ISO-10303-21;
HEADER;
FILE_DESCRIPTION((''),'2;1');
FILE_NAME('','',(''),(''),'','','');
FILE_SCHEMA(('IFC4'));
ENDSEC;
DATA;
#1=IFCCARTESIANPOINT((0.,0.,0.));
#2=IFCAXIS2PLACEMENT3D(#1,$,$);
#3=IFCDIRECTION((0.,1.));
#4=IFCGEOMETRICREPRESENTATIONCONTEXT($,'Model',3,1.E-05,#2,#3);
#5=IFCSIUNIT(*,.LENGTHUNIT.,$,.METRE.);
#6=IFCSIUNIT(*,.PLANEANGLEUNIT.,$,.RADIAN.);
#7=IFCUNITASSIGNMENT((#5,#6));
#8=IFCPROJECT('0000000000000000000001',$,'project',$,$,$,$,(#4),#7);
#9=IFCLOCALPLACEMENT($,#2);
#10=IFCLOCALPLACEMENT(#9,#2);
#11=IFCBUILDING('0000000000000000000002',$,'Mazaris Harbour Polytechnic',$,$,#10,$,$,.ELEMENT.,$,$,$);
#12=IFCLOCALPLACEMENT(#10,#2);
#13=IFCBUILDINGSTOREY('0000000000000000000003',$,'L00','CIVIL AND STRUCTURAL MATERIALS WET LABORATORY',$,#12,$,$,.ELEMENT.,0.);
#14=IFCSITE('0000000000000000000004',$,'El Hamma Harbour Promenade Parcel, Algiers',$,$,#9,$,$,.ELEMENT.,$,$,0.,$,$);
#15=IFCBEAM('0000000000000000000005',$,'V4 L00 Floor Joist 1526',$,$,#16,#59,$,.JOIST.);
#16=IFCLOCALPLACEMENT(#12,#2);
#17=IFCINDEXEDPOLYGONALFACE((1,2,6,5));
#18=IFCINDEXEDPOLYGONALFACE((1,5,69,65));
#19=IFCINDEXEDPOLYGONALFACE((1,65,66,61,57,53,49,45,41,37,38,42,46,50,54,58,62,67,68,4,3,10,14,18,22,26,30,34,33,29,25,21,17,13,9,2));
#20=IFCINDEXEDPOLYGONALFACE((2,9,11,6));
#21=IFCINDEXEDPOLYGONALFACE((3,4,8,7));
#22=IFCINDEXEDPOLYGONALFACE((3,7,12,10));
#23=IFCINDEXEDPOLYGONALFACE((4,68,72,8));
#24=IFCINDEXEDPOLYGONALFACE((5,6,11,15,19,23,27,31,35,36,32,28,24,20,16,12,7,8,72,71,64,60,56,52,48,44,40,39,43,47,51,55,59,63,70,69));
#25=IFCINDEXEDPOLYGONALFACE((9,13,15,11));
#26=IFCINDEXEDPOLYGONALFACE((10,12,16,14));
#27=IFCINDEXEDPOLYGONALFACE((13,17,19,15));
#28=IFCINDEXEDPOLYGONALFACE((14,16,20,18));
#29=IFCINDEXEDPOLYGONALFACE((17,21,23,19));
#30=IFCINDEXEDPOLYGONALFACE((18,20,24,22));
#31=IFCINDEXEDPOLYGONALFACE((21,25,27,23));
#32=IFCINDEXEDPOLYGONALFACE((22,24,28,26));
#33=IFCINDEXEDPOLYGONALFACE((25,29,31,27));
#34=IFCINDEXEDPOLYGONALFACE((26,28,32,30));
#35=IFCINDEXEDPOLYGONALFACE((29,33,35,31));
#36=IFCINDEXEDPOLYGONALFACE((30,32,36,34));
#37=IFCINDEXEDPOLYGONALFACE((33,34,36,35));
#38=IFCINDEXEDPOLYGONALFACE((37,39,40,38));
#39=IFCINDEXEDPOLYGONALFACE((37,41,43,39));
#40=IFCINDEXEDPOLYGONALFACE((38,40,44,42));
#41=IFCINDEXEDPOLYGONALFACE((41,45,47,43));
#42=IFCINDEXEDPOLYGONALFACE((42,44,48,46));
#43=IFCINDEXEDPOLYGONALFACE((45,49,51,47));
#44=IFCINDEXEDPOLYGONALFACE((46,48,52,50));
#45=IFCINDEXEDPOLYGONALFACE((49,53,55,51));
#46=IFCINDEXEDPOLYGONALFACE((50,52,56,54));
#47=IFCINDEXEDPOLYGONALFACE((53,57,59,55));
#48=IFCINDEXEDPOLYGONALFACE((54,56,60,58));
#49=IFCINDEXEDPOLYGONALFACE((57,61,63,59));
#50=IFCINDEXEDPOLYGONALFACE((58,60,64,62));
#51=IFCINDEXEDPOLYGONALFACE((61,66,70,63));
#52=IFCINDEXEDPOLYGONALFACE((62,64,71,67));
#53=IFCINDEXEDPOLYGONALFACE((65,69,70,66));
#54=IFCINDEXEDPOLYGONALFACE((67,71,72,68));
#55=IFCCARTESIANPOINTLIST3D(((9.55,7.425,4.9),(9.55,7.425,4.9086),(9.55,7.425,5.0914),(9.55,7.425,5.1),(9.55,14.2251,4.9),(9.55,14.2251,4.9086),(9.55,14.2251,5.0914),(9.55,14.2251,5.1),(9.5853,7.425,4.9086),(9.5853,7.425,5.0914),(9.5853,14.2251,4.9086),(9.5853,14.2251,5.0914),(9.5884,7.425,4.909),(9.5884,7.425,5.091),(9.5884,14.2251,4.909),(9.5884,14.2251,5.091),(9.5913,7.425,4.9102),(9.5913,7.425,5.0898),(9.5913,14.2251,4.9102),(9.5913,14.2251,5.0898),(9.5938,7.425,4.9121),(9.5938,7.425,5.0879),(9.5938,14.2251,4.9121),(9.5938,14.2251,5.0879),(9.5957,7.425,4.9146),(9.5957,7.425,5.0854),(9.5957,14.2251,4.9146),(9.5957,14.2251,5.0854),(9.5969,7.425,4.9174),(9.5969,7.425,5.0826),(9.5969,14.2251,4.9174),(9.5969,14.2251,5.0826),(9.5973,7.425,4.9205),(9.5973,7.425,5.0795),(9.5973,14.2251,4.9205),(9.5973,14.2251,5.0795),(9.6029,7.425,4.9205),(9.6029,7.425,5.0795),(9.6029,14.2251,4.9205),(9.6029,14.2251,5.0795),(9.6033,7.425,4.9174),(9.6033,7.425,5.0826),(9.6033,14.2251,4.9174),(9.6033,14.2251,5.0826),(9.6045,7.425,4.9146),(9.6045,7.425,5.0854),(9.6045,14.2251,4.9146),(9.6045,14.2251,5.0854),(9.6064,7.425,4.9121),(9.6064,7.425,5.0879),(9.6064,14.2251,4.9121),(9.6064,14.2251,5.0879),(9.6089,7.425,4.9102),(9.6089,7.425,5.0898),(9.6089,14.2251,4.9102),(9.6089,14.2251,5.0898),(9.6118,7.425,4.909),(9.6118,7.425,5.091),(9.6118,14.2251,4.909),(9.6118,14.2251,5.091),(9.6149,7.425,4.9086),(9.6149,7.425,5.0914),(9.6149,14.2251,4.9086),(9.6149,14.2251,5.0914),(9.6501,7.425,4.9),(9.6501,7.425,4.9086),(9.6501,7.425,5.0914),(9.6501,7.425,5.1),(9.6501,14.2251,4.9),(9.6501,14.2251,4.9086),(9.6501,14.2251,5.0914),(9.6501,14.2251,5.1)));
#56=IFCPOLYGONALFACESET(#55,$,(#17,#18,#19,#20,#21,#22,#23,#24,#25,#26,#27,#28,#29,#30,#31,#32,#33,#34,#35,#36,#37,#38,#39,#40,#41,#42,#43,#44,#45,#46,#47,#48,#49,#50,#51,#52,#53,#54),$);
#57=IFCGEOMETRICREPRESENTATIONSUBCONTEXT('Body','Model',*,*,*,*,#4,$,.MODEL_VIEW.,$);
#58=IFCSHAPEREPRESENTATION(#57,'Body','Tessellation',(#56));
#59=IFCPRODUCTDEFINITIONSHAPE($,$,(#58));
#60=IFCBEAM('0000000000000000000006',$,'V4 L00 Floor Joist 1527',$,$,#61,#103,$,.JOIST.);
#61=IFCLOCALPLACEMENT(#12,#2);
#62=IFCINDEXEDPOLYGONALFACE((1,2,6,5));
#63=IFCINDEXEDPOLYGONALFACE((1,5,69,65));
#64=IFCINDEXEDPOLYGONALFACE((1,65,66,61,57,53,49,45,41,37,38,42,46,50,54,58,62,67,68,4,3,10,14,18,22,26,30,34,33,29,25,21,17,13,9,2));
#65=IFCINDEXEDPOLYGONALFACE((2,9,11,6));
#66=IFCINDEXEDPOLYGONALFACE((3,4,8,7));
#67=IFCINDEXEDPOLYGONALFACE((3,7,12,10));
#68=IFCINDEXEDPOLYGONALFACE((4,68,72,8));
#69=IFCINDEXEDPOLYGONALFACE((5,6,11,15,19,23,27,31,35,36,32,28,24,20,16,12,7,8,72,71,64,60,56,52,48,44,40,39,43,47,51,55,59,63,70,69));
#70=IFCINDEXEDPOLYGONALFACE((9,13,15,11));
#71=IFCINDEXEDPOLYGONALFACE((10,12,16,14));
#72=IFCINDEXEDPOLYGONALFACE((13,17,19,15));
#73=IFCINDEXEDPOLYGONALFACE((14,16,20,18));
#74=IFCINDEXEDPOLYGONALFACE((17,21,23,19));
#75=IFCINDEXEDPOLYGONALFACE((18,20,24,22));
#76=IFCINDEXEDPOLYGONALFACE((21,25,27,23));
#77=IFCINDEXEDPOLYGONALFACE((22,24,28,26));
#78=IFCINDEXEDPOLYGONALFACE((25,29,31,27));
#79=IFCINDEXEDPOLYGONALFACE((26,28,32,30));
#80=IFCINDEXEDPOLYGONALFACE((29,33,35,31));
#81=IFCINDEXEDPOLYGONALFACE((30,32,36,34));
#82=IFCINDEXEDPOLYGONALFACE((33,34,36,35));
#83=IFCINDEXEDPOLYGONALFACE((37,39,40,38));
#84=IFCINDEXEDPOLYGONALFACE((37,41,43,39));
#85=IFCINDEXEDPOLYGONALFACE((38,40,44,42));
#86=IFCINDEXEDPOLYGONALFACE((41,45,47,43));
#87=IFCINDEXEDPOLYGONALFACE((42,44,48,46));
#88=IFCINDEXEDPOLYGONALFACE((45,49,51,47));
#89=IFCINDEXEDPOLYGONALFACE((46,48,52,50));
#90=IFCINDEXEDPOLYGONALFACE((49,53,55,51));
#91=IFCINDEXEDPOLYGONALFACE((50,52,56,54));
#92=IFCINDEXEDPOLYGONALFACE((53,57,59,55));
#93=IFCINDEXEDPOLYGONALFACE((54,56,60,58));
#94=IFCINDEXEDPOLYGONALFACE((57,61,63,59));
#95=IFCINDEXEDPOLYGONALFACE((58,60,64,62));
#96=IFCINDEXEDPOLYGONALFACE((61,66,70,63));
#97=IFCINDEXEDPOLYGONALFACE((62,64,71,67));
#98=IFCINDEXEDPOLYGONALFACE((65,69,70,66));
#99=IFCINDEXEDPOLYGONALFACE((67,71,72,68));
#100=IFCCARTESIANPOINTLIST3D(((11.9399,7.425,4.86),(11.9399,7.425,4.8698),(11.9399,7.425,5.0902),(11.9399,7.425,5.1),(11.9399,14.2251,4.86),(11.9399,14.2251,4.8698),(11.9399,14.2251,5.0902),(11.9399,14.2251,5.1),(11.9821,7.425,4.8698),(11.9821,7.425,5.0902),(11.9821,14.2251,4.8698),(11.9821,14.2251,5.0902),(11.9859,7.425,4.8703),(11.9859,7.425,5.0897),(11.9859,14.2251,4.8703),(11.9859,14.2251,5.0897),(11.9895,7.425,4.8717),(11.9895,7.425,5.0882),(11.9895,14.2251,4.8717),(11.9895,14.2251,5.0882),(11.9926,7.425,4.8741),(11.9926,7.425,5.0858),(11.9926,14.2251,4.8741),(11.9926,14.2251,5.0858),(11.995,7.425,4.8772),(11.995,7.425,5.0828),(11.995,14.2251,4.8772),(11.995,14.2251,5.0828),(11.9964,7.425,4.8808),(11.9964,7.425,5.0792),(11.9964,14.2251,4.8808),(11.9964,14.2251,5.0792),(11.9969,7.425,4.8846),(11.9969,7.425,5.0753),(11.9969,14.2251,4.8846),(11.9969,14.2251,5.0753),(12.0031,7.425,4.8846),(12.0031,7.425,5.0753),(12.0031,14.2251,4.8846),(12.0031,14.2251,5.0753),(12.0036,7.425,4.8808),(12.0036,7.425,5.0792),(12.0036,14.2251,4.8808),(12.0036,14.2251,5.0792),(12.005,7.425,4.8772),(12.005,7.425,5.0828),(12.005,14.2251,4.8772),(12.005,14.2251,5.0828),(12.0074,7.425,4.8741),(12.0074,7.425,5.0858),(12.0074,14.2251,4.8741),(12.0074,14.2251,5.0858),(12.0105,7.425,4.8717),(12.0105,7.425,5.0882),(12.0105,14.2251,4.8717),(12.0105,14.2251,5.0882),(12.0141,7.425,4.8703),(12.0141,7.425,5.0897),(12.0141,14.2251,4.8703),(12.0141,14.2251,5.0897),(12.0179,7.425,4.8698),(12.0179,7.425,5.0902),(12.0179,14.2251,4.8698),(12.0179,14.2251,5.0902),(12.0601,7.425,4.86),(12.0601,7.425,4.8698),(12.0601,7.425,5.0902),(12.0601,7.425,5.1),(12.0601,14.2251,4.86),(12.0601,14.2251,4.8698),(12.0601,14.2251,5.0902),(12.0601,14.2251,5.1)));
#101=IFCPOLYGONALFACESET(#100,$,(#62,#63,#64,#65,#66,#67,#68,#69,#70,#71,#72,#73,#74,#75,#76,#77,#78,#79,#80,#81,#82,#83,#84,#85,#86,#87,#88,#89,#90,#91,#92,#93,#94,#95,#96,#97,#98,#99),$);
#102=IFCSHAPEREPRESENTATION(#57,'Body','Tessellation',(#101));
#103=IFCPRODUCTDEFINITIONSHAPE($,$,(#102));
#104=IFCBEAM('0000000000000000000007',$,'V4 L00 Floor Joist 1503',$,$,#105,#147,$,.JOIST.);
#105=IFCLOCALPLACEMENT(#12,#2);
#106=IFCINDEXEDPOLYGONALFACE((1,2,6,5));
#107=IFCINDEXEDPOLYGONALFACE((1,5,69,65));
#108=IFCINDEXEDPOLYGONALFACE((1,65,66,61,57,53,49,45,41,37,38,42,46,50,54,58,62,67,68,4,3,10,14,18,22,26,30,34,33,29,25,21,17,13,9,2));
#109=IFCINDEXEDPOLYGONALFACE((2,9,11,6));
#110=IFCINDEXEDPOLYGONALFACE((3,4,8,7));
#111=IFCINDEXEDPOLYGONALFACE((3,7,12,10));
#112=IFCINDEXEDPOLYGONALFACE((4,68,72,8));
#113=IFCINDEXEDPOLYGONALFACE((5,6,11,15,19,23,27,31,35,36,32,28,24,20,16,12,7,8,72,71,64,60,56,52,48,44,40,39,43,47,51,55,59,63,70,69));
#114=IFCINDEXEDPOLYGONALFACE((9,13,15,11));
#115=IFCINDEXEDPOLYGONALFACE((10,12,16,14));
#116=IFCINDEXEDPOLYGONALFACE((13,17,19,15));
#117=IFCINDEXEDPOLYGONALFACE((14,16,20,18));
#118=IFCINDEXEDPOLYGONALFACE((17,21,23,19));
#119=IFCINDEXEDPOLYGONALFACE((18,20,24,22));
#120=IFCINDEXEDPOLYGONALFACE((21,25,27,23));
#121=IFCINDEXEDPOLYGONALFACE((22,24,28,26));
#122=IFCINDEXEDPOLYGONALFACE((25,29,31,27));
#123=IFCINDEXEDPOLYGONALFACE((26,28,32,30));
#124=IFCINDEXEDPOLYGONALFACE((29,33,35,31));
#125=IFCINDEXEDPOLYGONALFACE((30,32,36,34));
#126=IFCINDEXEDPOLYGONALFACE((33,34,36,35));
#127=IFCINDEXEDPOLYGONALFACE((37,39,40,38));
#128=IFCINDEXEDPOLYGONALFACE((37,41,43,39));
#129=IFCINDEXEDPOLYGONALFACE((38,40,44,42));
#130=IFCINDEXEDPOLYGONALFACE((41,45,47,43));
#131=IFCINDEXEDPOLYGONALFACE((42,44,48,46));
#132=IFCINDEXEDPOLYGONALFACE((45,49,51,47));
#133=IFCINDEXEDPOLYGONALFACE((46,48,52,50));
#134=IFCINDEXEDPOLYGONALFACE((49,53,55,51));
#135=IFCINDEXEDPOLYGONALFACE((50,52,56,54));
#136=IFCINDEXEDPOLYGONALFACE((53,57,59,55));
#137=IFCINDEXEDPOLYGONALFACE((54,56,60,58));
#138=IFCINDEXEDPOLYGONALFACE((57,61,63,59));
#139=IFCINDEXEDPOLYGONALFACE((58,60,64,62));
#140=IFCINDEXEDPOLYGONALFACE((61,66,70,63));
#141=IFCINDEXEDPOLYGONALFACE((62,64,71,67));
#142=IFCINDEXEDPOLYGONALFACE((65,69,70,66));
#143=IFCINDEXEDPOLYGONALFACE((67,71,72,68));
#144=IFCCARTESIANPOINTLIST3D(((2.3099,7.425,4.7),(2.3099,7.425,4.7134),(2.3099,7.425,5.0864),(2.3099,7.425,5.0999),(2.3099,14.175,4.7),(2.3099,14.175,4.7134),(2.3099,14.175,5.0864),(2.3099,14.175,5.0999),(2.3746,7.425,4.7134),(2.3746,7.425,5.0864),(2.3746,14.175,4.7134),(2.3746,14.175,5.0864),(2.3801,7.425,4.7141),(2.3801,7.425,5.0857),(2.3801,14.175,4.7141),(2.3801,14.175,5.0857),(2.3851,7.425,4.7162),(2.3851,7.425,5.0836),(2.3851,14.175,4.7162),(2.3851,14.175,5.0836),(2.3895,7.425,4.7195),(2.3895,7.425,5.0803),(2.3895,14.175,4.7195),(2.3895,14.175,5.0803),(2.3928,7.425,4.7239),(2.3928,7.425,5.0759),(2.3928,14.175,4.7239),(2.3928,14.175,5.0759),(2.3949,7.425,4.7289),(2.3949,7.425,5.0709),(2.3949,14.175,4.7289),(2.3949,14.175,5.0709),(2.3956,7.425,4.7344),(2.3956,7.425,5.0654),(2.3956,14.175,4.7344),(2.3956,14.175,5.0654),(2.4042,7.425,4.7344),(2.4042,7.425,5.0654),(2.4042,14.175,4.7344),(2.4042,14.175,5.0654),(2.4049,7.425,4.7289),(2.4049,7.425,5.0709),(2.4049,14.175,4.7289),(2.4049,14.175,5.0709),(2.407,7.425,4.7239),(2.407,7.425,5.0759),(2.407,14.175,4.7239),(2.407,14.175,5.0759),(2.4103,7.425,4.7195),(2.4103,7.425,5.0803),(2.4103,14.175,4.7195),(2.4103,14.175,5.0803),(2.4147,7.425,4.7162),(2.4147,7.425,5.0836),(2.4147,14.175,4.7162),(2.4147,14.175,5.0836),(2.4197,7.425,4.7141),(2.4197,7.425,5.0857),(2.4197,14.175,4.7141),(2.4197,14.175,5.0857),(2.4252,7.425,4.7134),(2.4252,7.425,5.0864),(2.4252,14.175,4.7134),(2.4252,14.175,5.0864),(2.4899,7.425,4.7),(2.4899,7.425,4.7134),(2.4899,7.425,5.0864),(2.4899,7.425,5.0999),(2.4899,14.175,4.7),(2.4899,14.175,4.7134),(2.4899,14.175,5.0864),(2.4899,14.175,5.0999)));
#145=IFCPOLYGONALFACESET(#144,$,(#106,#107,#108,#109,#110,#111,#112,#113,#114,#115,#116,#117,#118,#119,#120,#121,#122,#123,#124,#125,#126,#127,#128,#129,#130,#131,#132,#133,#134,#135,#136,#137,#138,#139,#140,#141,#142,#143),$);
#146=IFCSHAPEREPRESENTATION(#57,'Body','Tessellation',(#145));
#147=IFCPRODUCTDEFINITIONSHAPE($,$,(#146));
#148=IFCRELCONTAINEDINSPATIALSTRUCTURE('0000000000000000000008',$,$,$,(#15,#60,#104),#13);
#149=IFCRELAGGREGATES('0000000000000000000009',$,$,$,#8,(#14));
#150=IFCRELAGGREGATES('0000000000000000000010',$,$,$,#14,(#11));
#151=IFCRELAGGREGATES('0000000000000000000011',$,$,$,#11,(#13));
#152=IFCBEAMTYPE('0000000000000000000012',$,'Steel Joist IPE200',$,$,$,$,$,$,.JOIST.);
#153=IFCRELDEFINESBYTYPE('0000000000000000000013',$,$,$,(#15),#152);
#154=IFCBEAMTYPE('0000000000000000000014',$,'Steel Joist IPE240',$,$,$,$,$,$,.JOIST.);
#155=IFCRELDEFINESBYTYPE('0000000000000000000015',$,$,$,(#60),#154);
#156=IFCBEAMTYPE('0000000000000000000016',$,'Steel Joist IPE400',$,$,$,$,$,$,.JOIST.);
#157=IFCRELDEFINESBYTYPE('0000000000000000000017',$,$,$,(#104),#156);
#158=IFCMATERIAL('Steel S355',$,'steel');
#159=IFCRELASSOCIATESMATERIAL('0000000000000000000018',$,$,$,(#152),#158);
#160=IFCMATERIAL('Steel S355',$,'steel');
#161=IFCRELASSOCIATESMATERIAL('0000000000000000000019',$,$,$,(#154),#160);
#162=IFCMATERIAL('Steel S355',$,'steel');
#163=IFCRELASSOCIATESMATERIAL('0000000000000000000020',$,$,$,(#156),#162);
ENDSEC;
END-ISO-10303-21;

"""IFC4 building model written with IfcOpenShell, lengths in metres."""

from ifc_helpers import new_model, si_unit, direction, frame, origin, origin_2d, place, context, subcontext, project, spatial, i_section, extrude, material, material_profile, profile_set, type_object, element, save


model = new_model("IFC4")

# Units and contexts
model_context = context("Model", 3, precision=1e-05, world=origin(), true_north=direction((0.0, 1.0)))
body_context = subcontext(model_context, "Body", "Model", "MODEL_VIEW")
ifc_project = project(units=[si_unit("LENGTHUNIT", "METRE"), si_unit("PLANEANGLEUNIT", "RADIAN")], contexts=[model_context])

# Site, building, storey
site_placement = place(None, origin())
site = spatial("IfcSite", under=ifc_project, at=site_placement, Name="El Hamma Harbour Promenade Parcel, Algiers", CompositionType="ELEMENT", RefElevation=0.0)
building_placement = place(site_placement, origin())
building = spatial("IfcBuilding", under=site, at=building_placement, Name="Mazaris Harbour Polytechnic", CompositionType="ELEMENT")
storey_placement = place(building_placement, origin())
storey = spatial("IfcBuildingStorey", under=building, at=storey_placement, Name="L00", Description="CIVIL AND STRUCTURAL MATERIALS WET LABORATORY", CompositionType="ELEMENT", Elevation=0.0)

# Beams
ifc_material_1 = material(Name="Steel S355", Category="steel")
ifc_material_profile_1 = material_profile(ifc_material_1, i_section(OverallWidth=0.1001, OverallDepth=0.2, WebThickness=0.0056, FlangeThickness=0.0085, FilletRadius=0.012, at=origin_2d()), Name="IPE 200")
ifc_profile_set_1 = profile_set([ifc_material_profile_1], Name="Steel S355")
beam_type_1 = type_object("IfcBeamType", Name="Steel Joist IPE200", PredefinedType="JOIST", material=ifc_profile_set_1)
beam_1_placement = place(storey_placement, frame((9.6001, 7.425, 5.0), z_axis=(0.0, 1.0, 0.0), x_axis=(-1.0, 0.0, 0.0)))
element("IfcBeam", 1, at=beam_1_placement, inside=storey, type_object=beam_type_1, Name="V4 L00 Floor Joist 1526", PredefinedType="JOIST", context=body_context, shape_type="SweptSolid", body=[
    extrude(i_section(OverallWidth=0.1001, OverallDepth=0.2, WebThickness=0.0056, FlangeThickness=0.0085, FilletRadius=0.012, at=origin_2d()), origin(), (0.0, 0.0, 1.0), 6.8),
])
ifc_material_2 = material(Name="Steel S355", Category="steel")
ifc_material_profile_2 = material_profile(ifc_material_2, i_section(OverallWidth=0.1201, OverallDepth=0.24, WebThickness=0.0061, FlangeThickness=0.0098, FilletRadius=0.0149, at=origin_2d()), Name="IPE 240")
ifc_profile_set_2 = profile_set([ifc_material_profile_2], Name="Steel S355")
beam_type_2 = type_object("IfcBeamType", Name="Steel Joist IPE240", PredefinedType="JOIST", material=ifc_profile_set_2)
beam_2_placement = place(storey_placement, frame((12.0, 7.425, 4.98), z_axis=(0.0, 1.0, 0.0), x_axis=(-1.0, 0.0, 0.0)))
element("IfcBeam", 2, at=beam_2_placement, inside=storey, type_object=beam_type_2, Name="V4 L00 Floor Joist 1527", PredefinedType="JOIST", context=body_context, shape_type="SweptSolid", body=[
    extrude(i_section(OverallWidth=0.1201, OverallDepth=0.24, WebThickness=0.0061, FlangeThickness=0.0098, FilletRadius=0.0149, at=origin_2d()), origin(), (0.0, 0.0, 1.0), 6.8),
])
ifc_material_3 = material(Name="Steel S355", Category="steel")
ifc_material_profile_3 = material_profile(ifc_material_3, i_section(OverallWidth=0.1799, OverallDepth=0.3999, WebThickness=0.0085, FlangeThickness=0.0134, FilletRadius=0.021, at=origin_2d()), Name="IPE 400")
ifc_profile_set_3 = profile_set([ifc_material_profile_3], Name="Steel S355")
beam_type_3 = type_object("IfcBeamType", Name="Steel Joist IPE400", PredefinedType="JOIST", material=ifc_profile_set_3)
beam_3_placement = place(storey_placement, frame((2.3999, 7.425, 4.8999), z_axis=(0.0, 1.0, 0.0), x_axis=(-1.0, 0.0, 0.0)))
element("IfcBeam", 3, at=beam_3_placement, inside=storey, type_object=beam_type_3, Name="V4 L00 Floor Joist 1503", PredefinedType="JOIST", context=body_context, shape_type="SweptSolid", body=[
    extrude(i_section(OverallWidth=0.1799, OverallDepth=0.3999, WebThickness=0.0085, FlangeThickness=0.0134, FilletRadius=0.021, at=origin_2d()), origin(), (0.0, 0.0, 1.0), 6.75),
])

save(model, "model.ifc")
